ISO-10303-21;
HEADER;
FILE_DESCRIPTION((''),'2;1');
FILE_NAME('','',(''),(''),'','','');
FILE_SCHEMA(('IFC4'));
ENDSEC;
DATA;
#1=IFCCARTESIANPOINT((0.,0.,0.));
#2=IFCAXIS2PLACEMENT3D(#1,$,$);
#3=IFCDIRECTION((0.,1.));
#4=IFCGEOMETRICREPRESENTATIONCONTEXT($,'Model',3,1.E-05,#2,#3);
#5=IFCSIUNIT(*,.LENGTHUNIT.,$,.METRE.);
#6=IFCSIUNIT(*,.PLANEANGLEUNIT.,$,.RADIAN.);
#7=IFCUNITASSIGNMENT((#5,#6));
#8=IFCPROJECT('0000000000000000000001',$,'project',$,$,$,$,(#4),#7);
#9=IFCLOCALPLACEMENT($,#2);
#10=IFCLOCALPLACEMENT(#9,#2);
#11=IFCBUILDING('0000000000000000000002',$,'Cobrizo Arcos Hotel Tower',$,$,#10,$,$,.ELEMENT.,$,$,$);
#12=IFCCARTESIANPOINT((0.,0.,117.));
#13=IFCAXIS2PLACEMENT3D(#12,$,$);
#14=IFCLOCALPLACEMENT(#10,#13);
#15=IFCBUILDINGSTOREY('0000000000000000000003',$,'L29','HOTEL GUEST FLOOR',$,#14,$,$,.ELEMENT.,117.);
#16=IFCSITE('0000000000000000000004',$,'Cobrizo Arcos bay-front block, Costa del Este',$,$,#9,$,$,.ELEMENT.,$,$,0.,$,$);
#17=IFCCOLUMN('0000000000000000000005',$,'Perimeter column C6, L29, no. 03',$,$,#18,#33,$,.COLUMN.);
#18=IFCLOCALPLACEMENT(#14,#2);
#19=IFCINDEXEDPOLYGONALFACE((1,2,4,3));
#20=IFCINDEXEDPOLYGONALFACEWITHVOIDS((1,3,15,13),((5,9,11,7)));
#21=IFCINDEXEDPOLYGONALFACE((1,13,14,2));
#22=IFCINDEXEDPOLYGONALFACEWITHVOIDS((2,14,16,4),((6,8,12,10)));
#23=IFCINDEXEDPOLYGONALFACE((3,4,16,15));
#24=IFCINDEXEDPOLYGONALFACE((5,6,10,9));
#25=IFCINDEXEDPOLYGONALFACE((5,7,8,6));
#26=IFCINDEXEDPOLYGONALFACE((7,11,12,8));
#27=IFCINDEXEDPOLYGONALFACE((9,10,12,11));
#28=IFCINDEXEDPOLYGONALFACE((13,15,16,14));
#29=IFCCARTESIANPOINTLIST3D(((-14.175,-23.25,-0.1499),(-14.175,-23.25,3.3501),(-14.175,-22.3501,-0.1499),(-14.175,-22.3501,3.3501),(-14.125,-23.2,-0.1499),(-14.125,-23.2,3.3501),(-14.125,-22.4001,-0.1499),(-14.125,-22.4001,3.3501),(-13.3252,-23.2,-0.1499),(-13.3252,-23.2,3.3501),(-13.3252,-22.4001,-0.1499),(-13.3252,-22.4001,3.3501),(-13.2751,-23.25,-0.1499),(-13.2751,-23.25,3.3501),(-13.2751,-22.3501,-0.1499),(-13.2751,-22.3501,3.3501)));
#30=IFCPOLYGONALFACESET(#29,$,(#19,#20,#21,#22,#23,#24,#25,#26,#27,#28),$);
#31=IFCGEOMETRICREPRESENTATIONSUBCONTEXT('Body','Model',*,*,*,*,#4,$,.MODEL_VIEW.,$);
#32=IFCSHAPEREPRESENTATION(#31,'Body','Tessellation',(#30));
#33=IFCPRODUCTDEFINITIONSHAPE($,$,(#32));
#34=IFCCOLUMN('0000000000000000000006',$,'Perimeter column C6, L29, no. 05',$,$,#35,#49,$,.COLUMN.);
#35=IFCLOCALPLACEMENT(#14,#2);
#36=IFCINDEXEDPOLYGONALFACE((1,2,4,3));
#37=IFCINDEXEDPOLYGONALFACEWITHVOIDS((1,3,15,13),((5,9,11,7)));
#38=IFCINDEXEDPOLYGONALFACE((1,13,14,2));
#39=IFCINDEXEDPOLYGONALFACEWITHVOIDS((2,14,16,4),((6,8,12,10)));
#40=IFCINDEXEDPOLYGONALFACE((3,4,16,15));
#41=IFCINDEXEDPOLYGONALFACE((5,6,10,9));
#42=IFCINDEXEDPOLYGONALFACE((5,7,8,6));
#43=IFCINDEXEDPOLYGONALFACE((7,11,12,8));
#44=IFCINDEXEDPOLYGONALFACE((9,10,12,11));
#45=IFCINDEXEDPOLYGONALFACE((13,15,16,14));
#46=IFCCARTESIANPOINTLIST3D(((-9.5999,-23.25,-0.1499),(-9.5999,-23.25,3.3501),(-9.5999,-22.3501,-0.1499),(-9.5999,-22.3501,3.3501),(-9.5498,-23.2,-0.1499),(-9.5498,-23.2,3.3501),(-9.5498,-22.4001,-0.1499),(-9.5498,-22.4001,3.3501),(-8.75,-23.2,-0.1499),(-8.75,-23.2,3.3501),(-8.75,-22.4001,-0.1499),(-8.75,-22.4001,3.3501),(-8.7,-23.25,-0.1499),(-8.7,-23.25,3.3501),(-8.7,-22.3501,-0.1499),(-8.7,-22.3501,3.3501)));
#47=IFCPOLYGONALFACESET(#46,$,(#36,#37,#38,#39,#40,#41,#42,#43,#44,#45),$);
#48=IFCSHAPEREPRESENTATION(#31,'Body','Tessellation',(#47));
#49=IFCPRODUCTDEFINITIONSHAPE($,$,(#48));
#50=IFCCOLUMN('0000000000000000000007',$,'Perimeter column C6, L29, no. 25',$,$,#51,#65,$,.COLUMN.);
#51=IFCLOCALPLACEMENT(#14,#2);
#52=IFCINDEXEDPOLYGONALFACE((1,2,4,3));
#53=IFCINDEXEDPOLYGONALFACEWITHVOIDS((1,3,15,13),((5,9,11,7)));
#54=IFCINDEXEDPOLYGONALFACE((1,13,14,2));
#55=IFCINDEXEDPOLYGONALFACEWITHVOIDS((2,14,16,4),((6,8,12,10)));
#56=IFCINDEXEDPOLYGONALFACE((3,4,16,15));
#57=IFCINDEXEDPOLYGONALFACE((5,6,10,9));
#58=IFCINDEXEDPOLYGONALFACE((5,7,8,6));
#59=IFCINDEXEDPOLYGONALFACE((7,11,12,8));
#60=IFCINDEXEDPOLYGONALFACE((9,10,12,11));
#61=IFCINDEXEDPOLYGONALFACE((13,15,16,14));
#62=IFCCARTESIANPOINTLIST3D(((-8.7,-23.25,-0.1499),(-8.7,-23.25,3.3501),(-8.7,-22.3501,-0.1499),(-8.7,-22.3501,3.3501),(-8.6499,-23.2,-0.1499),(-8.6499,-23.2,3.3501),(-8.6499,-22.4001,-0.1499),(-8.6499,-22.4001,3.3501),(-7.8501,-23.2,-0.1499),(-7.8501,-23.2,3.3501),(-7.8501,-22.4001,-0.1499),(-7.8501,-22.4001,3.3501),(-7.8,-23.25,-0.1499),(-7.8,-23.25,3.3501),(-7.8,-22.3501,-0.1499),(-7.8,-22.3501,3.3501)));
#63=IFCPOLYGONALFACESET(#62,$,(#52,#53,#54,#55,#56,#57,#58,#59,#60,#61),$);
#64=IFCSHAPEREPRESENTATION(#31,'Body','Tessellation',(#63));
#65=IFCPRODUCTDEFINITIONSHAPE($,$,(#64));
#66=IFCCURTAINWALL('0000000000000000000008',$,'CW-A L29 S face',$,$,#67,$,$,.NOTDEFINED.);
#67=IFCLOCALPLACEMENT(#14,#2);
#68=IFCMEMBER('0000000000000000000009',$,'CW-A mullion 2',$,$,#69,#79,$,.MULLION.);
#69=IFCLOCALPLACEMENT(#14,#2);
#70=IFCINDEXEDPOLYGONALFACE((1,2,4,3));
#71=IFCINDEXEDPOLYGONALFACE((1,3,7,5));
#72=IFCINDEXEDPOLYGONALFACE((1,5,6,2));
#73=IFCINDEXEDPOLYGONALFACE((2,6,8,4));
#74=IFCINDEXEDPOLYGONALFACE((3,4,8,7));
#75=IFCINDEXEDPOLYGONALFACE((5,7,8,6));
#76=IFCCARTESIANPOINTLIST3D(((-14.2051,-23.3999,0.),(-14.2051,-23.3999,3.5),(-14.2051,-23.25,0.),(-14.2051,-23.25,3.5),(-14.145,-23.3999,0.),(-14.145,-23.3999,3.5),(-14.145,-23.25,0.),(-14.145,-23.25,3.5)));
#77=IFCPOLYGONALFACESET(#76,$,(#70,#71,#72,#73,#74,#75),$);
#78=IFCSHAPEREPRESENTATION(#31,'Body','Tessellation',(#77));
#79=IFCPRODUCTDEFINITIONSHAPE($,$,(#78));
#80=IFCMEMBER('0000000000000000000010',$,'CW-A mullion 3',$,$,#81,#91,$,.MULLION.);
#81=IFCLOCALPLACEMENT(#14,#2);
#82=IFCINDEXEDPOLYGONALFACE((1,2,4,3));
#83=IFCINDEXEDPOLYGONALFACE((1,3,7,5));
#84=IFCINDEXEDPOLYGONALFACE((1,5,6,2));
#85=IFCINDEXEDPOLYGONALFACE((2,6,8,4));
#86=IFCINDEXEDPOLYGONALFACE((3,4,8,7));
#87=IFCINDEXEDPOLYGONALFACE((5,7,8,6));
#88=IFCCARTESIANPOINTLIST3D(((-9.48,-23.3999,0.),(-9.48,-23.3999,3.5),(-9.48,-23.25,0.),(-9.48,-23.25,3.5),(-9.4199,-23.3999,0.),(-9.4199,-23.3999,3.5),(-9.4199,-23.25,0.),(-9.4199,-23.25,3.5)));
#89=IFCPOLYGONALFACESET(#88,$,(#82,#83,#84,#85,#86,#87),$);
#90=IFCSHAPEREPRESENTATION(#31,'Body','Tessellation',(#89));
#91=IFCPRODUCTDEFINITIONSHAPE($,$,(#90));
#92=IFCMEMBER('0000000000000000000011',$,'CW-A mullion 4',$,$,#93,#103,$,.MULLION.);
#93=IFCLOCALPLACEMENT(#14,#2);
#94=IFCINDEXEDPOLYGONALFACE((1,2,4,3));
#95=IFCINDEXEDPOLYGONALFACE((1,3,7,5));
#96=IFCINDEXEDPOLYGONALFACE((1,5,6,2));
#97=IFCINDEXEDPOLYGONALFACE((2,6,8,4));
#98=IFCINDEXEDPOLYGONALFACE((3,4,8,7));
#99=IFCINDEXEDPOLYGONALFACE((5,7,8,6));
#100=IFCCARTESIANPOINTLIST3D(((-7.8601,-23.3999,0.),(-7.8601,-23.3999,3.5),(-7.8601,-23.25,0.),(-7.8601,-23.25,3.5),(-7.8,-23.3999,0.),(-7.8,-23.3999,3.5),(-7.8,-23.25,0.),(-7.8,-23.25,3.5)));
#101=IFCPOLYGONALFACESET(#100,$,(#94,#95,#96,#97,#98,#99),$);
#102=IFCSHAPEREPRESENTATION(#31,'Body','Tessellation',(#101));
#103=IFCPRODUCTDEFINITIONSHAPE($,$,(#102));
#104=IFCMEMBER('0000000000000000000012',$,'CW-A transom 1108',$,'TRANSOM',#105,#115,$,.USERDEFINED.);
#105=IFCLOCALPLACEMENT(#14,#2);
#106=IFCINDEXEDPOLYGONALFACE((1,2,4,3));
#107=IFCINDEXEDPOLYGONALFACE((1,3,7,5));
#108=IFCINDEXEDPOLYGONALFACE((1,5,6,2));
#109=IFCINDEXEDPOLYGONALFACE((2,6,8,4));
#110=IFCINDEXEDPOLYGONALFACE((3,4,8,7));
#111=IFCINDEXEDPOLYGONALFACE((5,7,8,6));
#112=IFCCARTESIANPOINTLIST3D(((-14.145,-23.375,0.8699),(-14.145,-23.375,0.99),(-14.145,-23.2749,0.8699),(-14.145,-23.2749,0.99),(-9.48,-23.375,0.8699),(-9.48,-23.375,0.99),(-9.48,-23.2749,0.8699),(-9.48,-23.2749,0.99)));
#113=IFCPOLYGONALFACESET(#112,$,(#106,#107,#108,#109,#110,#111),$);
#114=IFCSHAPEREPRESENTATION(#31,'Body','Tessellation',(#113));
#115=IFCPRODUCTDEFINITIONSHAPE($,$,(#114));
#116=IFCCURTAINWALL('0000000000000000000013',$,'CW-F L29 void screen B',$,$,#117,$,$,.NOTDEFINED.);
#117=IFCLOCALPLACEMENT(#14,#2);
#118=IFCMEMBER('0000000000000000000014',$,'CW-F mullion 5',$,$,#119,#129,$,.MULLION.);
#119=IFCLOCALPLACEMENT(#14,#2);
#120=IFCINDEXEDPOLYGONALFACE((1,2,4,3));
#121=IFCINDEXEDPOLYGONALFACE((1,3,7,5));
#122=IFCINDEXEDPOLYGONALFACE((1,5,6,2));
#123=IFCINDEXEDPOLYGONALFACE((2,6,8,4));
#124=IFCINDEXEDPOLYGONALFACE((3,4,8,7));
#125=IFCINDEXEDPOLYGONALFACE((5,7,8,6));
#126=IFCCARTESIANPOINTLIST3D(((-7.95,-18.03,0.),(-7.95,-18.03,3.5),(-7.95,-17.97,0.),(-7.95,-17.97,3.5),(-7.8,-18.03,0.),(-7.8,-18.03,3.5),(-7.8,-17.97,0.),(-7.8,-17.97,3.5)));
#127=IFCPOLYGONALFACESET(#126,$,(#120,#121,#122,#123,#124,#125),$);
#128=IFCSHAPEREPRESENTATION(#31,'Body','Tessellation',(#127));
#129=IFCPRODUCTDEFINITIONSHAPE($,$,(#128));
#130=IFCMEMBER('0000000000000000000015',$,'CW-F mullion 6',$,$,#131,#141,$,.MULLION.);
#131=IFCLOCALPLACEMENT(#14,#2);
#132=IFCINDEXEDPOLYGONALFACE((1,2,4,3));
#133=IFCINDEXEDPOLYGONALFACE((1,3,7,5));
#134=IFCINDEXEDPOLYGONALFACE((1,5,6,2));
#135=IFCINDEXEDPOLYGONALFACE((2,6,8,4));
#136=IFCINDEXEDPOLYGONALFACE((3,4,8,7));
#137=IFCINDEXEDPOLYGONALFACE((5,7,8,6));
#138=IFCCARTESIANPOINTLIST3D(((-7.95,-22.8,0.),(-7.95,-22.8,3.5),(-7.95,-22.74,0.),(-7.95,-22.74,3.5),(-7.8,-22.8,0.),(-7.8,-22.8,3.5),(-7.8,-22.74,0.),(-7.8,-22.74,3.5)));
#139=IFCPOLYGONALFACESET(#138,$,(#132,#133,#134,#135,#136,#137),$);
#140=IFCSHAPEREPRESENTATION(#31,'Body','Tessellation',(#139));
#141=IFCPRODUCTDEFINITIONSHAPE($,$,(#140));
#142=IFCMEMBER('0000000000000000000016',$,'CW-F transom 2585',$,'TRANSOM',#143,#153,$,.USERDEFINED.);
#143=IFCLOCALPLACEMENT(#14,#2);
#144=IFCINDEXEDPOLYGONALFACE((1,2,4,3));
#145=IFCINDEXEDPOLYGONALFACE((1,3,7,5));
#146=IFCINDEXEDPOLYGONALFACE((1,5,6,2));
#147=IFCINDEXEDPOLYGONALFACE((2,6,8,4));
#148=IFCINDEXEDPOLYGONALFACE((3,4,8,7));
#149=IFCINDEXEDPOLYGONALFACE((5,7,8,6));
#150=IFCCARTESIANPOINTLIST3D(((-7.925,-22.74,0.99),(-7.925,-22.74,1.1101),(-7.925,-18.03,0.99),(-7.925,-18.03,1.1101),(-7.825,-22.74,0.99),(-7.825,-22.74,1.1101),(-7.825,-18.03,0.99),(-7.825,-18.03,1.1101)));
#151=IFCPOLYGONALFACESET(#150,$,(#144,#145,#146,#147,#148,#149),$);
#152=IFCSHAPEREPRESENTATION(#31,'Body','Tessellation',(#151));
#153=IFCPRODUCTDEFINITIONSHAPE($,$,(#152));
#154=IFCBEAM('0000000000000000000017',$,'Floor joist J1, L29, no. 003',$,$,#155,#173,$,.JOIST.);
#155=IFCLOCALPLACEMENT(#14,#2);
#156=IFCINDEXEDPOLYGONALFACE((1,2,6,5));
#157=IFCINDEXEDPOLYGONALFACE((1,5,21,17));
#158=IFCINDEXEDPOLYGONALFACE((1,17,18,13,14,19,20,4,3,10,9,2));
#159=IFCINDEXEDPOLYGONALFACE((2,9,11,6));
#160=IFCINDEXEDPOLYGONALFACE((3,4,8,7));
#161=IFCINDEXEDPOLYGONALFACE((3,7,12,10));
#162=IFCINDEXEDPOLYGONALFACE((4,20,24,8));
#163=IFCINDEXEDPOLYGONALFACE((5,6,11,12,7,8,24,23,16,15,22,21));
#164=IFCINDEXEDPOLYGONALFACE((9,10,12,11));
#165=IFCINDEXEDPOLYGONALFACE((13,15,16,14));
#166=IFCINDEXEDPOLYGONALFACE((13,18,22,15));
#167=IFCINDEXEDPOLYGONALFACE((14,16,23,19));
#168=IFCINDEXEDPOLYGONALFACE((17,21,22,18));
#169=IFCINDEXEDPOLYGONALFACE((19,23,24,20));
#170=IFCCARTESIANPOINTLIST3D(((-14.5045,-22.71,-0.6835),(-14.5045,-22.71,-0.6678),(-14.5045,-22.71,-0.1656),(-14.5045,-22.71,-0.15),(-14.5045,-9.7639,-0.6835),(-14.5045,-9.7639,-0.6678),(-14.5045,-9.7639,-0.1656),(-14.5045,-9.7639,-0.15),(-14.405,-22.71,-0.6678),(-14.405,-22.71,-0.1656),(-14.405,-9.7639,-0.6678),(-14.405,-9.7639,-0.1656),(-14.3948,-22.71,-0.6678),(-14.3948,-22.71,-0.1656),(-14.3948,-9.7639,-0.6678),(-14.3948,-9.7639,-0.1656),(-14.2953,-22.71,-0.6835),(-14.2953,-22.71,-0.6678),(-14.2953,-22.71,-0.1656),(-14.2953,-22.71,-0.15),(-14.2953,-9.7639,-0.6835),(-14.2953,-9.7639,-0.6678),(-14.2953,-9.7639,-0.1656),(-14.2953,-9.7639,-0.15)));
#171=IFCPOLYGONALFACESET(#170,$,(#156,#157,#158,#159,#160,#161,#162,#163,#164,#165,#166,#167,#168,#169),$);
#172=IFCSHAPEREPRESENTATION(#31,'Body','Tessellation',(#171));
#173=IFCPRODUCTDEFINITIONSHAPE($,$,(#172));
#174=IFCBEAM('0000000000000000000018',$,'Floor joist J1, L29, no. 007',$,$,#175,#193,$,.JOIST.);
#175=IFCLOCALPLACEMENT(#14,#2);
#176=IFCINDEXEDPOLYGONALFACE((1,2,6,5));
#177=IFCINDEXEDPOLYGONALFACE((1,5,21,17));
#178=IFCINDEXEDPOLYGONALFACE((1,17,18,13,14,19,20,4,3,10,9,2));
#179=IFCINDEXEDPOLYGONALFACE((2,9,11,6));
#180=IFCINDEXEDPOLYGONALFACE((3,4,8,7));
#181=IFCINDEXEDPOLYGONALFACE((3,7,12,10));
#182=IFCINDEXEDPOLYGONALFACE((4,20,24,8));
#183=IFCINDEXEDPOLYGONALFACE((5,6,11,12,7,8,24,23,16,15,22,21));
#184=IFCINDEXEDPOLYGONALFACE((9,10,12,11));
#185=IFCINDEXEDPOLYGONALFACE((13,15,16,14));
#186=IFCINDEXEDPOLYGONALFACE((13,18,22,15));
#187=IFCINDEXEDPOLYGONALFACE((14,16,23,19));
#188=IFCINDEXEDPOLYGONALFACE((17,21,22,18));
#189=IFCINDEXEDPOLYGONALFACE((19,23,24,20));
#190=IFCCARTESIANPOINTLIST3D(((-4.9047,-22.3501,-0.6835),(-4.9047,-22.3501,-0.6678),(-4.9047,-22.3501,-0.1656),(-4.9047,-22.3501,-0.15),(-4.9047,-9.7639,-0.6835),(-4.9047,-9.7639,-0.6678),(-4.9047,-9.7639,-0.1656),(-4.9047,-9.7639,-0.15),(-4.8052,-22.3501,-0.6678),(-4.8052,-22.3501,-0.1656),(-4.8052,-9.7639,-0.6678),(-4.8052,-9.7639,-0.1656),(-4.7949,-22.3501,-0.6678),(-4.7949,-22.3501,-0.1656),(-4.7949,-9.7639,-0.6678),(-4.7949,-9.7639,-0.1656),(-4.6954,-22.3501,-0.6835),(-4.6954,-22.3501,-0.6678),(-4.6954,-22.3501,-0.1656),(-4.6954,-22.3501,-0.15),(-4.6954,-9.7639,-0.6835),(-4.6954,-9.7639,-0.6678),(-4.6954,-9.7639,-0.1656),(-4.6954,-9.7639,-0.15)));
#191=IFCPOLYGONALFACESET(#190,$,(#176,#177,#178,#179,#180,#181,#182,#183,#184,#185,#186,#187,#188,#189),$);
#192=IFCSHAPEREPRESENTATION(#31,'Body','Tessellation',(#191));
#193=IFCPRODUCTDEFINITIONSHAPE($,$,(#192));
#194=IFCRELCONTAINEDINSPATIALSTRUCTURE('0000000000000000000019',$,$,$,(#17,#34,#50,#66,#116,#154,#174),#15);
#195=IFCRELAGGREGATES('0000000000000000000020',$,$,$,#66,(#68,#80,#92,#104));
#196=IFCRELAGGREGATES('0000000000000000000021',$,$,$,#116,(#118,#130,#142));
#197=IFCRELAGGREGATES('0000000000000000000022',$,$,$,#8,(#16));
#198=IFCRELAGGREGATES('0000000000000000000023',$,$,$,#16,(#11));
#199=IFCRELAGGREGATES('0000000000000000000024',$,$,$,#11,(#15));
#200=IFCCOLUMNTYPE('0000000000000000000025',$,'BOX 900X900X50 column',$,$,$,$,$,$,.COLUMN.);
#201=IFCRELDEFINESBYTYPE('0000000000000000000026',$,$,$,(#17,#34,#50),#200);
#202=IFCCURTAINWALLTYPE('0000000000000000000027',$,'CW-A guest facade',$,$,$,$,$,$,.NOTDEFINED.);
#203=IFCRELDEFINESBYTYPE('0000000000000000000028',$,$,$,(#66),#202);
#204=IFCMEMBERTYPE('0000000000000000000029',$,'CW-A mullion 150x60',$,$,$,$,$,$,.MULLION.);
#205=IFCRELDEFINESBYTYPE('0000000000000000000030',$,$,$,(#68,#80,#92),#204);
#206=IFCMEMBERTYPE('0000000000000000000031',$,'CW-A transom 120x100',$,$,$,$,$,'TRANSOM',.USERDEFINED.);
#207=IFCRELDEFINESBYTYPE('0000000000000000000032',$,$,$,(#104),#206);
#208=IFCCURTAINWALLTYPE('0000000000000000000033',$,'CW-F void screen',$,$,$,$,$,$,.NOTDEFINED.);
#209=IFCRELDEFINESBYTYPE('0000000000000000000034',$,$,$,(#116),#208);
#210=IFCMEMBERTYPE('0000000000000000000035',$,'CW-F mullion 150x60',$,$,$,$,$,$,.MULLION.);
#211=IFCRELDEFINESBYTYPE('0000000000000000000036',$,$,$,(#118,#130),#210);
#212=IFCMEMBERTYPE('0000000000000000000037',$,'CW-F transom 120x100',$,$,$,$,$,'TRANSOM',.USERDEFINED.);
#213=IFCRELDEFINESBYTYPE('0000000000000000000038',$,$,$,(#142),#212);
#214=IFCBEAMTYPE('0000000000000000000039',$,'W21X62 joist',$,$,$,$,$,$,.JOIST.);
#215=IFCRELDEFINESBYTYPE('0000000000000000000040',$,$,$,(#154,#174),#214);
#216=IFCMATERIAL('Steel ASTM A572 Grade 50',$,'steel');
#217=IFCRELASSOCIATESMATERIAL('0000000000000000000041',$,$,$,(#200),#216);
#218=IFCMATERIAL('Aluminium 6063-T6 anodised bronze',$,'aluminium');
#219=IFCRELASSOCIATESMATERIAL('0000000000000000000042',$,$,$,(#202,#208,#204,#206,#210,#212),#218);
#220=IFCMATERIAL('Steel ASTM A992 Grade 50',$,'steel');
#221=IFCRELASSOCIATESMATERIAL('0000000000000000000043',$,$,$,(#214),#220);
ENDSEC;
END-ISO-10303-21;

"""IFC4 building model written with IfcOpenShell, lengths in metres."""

from ifc_helpers import new_model, si_unit, direction, frame, origin, origin_2d, place, context, subcontext, project, spatial, rectangle, hollow_rectangle, i_section, extrude, material, material_profile, profile_set, type_object, element, aggregate, save


model = new_model("IFC4")

# Units and contexts
model_context = context("Model", 3, precision=1e-05, world=origin(), true_north=direction((0.0, 1.0)))
body_context = subcontext(model_context, "Body", "Model", "MODEL_VIEW")
ifc_project = project(units=[si_unit("LENGTHUNIT", "METRE"), si_unit("PLANEANGLEUNIT", "RADIAN")], contexts=[model_context])

# Site, building, storey
site_placement = place(None, origin())
site = spatial("IfcSite", under=ifc_project, at=site_placement, Name="Cobrizo Arcos bay-front block, Costa del Este", CompositionType="ELEMENT", RefElevation=0.0)
building_placement = place(site_placement, origin())
building = spatial("IfcBuilding", under=site, at=building_placement, Name="Cobrizo Arcos Hotel Tower", CompositionType="ELEMENT")
storey_placement = place(building_placement, frame((0.0, 0.0, 117.0)))
storey = spatial("IfcBuildingStorey", under=building, at=storey_placement, Name="L29", Description="HOTEL GUEST FLOOR", CompositionType="ELEMENT", Elevation=117.0)

# Columns
ifc_material_1 = material(Name="Steel ASTM A572 Grade 50", Category="steel")
ifc_material_profile_1 = material_profile(ifc_material_1, hollow_rectangle(XDim=0.8999, YDim=0.8999, WallThickness=0.05, at=origin_2d()), Name="BOX 900X900X50")
ifc_profile_set_1 = profile_set([ifc_material_profile_1], Name="Steel ASTM A572 Grade 50")
column_type = type_object("IfcColumnType", Name="BOX 900X900X50 column", PredefinedType="COLUMN", material=ifc_profile_set_1)
for number, where, z_axis, x_axis, name in (
    (1, (-13.7251, -22.8, -0.1499), (0.0, 0.0, 1.0), (1.0, 0.0, 0.0), "Perimeter column C6, L29, no. 03"),
    (2, (-9.1499, -22.8, -0.1499), (0.0, 0.0, 1.0), (1.0, 0.0, 0.0), "Perimeter column C6, L29, no. 05"),
    (3, (-8.25, -22.8, -0.1499), (0.0, 0.0, 1.0), (1.0, 0.0, 0.0), "Perimeter column C6, L29, no. 25"),
):
    element("IfcColumn", number, at=place(storey_placement, frame(where, z_axis=z_axis, x_axis=x_axis)), inside=storey, type_object=column_type, Name=name, PredefinedType="COLUMN", context=body_context, shape_type="SweptSolid", body=[
        extrude(hollow_rectangle(XDim=0.8999, YDim=0.8999, WallThickness=0.05, at=origin_2d()), origin(), (0.0, 0.0, 1.0), 3.5),
    ])

# Curtain walls, members
ifc_material_2 = material(Name="Aluminium 6063-T6 anodised bronze", Category="aluminium")
curtain_wall_type_1 = type_object("IfcCurtainWallType", Name="CW-A guest facade", PredefinedType="NOTDEFINED", material=ifc_material_2)
curtain_wall_1_placement = place(storey_placement, origin())
curtain_wall_1 = element("IfcCurtainWall", 4, at=curtain_wall_1_placement, inside=storey, type_object=curtain_wall_type_1, Name="CW-A L29 S face", PredefinedType="NOTDEFINED")
ifc_material_profile_2 = material_profile(ifc_material_2, rectangle(XDim=0.1499, YDim=0.0601, at=origin_2d()), Name="CW-A mullion 150x60")
ifc_profile_set_2 = profile_set([ifc_material_profile_2], Name="Aluminium 6063-T6 anodised bronze")
member_type_1 = type_object("IfcMemberType", Name="CW-A mullion 150x60", PredefinedType="MULLION", material=ifc_profile_set_2)
member_1_placement = place(storey_placement, frame((-14.175, -23.325, 0.0), z_axis=(0.0, 0.0, 1.0), x_axis=(0.0, -1.0, 0.0)))
member_1 = element("IfcMember", 5, at=member_1_placement, type_object=member_type_1, Name="CW-A mullion 2", PredefinedType="MULLION", context=body_context, shape_type="SweptSolid", body=[
    extrude(rectangle(XDim=0.1499, YDim=0.0601, at=origin_2d()), origin(), (0.0, 0.0, 1.0), 3.5),
])
member_2_placement = place(storey_placement, frame((-9.45, -23.325, 0.0), z_axis=(0.0, 0.0, 1.0), x_axis=(0.0, -1.0, 0.0)))
member_2 = element("IfcMember", 6, at=member_2_placement, type_object=member_type_1, Name="CW-A mullion 3", PredefinedType="MULLION", context=body_context, shape_type="SweptSolid", body=[
    extrude(rectangle(XDim=0.1499, YDim=0.0601, at=origin_2d()), origin(), (0.0, 0.0, 1.0), 3.5),
])
member_3_placement = place(storey_placement, frame((-7.8301, -23.325, 0.0), z_axis=(0.0, 0.0, 1.0), x_axis=(0.0, -1.0, 0.0)))
member_3 = element("IfcMember", 7, at=member_3_placement, type_object=member_type_1, Name="CW-A mullion 4", PredefinedType="MULLION", context=body_context, shape_type="SweptSolid", body=[
    extrude(rectangle(XDim=0.1499, YDim=0.0601, at=origin_2d()), origin(), (0.0, 0.0, 1.0), 3.5),
])
ifc_material_profile_3 = material_profile(ifc_material_2, rectangle(XDim=0.1001, YDim=0.1201, at=origin_2d()), Name="CW-A transom 120x100")
ifc_profile_set_3 = profile_set([ifc_material_profile_3], Name="Aluminium 6063-T6 anodised bronze")
member_type_2 = type_object("IfcMemberType", Name="CW-A transom 120x100", ElementType="TRANSOM", PredefinedType="USERDEFINED", material=ifc_profile_set_3)
member_4_placement = place(storey_placement, frame((-14.145, -23.325, 0.9299), z_axis=(1.0, 0.0, 0.0), x_axis=(0.0, 1.0, 0.0)))
member_4 = element("IfcMember", 8, at=member_4_placement, type_object=member_type_2, Name="CW-A transom 1108", ObjectType="TRANSOM", PredefinedType="USERDEFINED", context=body_context, shape_type="SweptSolid", body=[
    extrude(rectangle(XDim=0.1001, YDim=0.1201, at=origin_2d()), origin(), (0.0, 0.0, 1.0), 4.665),
])
curtain_wall_type_2 = type_object("IfcCurtainWallType", Name="CW-F void screen", PredefinedType="NOTDEFINED", material=ifc_material_2)
curtain_wall_2_placement = place(storey_placement, origin())
curtain_wall_2 = element("IfcCurtainWall", 9, at=curtain_wall_2_placement, inside=storey, type_object=curtain_wall_type_2, Name="CW-F L29 void screen B", PredefinedType="NOTDEFINED")
ifc_material_profile_4 = material_profile(ifc_material_2, rectangle(XDim=0.1499, YDim=0.0601, at=origin_2d()), Name="CW-F mullion 150x60")
ifc_profile_set_4 = profile_set([ifc_material_profile_4], Name="Aluminium 6063-T6 anodised bronze")
member_type_3 = type_object("IfcMemberType", Name="CW-F mullion 150x60", PredefinedType="MULLION", material=ifc_profile_set_4)
member_5_placement = place(storey_placement, frame((-7.875, -18.0, 0.0), z_axis=(0.0, 0.0, 1.0), x_axis=(-1.0, 0.0, 0.0)))
member_5 = element("IfcMember", 10, at=member_5_placement, type_object=member_type_3, Name="CW-F mullion 5", PredefinedType="MULLION", context=body_context, shape_type="SweptSolid", body=[
    extrude(rectangle(XDim=0.1499, YDim=0.0601, at=origin_2d()), origin(), (0.0, 0.0, 1.0), 3.5),
])
member_6_placement = place(storey_placement, frame((-7.875, -22.77, 0.0), z_axis=(0.0, 0.0, 1.0), x_axis=(-1.0, 0.0, 0.0)))
member_6 = element("IfcMember", 11, at=member_6_placement, type_object=member_type_3, Name="CW-F mullion 6", PredefinedType="MULLION", context=body_context, shape_type="SweptSolid", body=[
    extrude(rectangle(XDim=0.1499, YDim=0.0601, at=origin_2d()), origin(), (0.0, 0.0, 1.0), 3.5),
])
ifc_material_profile_5 = material_profile(ifc_material_2, rectangle(XDim=0.1001, YDim=0.1201, at=origin_2d()), Name="CW-F transom 120x100")
ifc_profile_set_5 = profile_set([ifc_material_profile_5], Name="Aluminium 6063-T6 anodised bronze")
member_type_4 = type_object("IfcMemberType", Name="CW-F transom 120x100", ElementType="TRANSOM", PredefinedType="USERDEFINED", material=ifc_profile_set_5)
member_7_placement = place(storey_placement, frame((-7.875, -18.03, 1.05), z_axis=(0.0, -1.0, 0.0), x_axis=(1.0, 0.0, 0.0)))
member_7 = element("IfcMember", 12, at=member_7_placement, type_object=member_type_4, Name="CW-F transom 2585", ObjectType="TRANSOM", PredefinedType="USERDEFINED", context=body_context, shape_type="SweptSolid", body=[
    extrude(rectangle(XDim=0.1001, YDim=0.1201, at=origin_2d()), origin(), (0.0, 0.0, 1.0), 4.71),
])

# Beams
ifc_material_3 = material(Name="Steel ASTM A992 Grade 50", Category="steel")
ifc_material_profile_6 = material_profile(ifc_material_3, i_section(OverallWidth=0.2092, OverallDepth=0.5334, WebThickness=0.0103, FlangeThickness=0.0156, at=origin_2d()), Name="W21X62")
ifc_profile_set_6 = profile_set([ifc_material_profile_6], Name="Steel ASTM A992 Grade 50")
beam_type_1 = type_object("IfcBeamType", Name="W21X62 joist", PredefinedType="JOIST", material=ifc_profile_set_6)
beam_1_placement = place(storey_placement, frame((-14.3999, -22.71, -0.4167), z_axis=(0.0, 1.0, 0.0), x_axis=(-1.0, 0.0, 0.0)))
element("IfcBeam", 13, at=beam_1_placement, inside=storey, type_object=beam_type_1, Name="Floor joist J1, L29, no. 003", PredefinedType="JOIST", context=body_context, shape_type="SweptSolid", body=[
    extrude(i_section(OverallWidth=0.2092, OverallDepth=0.5334, WebThickness=0.0103, FlangeThickness=0.0156, at=origin_2d()), origin(), (0.0, 0.0, 1.0), 12.946),
])
beam_2_placement = place(storey_placement, frame((-4.8, -22.3501, -0.4167), z_axis=(0.0, 1.0, 0.0), x_axis=(-1.0, 0.0, 0.0)))
element("IfcBeam", 14, at=beam_2_placement, inside=storey, type_object=beam_type_1, Name="Floor joist J1, L29, no. 007", PredefinedType="JOIST", context=body_context, shape_type="SweptSolid", body=[
    extrude(i_section(OverallWidth=0.2092, OverallDepth=0.5334, WebThickness=0.0103, FlangeThickness=0.0156, at=origin_2d()), origin(), (0.0, 0.0, 1.0), 12.5862),
])

aggregate(curtain_wall_1, [member_1, member_2, member_3, member_4])
aggregate(curtain_wall_2, [member_5, member_6, member_7])

save(model, "model.ifc")
